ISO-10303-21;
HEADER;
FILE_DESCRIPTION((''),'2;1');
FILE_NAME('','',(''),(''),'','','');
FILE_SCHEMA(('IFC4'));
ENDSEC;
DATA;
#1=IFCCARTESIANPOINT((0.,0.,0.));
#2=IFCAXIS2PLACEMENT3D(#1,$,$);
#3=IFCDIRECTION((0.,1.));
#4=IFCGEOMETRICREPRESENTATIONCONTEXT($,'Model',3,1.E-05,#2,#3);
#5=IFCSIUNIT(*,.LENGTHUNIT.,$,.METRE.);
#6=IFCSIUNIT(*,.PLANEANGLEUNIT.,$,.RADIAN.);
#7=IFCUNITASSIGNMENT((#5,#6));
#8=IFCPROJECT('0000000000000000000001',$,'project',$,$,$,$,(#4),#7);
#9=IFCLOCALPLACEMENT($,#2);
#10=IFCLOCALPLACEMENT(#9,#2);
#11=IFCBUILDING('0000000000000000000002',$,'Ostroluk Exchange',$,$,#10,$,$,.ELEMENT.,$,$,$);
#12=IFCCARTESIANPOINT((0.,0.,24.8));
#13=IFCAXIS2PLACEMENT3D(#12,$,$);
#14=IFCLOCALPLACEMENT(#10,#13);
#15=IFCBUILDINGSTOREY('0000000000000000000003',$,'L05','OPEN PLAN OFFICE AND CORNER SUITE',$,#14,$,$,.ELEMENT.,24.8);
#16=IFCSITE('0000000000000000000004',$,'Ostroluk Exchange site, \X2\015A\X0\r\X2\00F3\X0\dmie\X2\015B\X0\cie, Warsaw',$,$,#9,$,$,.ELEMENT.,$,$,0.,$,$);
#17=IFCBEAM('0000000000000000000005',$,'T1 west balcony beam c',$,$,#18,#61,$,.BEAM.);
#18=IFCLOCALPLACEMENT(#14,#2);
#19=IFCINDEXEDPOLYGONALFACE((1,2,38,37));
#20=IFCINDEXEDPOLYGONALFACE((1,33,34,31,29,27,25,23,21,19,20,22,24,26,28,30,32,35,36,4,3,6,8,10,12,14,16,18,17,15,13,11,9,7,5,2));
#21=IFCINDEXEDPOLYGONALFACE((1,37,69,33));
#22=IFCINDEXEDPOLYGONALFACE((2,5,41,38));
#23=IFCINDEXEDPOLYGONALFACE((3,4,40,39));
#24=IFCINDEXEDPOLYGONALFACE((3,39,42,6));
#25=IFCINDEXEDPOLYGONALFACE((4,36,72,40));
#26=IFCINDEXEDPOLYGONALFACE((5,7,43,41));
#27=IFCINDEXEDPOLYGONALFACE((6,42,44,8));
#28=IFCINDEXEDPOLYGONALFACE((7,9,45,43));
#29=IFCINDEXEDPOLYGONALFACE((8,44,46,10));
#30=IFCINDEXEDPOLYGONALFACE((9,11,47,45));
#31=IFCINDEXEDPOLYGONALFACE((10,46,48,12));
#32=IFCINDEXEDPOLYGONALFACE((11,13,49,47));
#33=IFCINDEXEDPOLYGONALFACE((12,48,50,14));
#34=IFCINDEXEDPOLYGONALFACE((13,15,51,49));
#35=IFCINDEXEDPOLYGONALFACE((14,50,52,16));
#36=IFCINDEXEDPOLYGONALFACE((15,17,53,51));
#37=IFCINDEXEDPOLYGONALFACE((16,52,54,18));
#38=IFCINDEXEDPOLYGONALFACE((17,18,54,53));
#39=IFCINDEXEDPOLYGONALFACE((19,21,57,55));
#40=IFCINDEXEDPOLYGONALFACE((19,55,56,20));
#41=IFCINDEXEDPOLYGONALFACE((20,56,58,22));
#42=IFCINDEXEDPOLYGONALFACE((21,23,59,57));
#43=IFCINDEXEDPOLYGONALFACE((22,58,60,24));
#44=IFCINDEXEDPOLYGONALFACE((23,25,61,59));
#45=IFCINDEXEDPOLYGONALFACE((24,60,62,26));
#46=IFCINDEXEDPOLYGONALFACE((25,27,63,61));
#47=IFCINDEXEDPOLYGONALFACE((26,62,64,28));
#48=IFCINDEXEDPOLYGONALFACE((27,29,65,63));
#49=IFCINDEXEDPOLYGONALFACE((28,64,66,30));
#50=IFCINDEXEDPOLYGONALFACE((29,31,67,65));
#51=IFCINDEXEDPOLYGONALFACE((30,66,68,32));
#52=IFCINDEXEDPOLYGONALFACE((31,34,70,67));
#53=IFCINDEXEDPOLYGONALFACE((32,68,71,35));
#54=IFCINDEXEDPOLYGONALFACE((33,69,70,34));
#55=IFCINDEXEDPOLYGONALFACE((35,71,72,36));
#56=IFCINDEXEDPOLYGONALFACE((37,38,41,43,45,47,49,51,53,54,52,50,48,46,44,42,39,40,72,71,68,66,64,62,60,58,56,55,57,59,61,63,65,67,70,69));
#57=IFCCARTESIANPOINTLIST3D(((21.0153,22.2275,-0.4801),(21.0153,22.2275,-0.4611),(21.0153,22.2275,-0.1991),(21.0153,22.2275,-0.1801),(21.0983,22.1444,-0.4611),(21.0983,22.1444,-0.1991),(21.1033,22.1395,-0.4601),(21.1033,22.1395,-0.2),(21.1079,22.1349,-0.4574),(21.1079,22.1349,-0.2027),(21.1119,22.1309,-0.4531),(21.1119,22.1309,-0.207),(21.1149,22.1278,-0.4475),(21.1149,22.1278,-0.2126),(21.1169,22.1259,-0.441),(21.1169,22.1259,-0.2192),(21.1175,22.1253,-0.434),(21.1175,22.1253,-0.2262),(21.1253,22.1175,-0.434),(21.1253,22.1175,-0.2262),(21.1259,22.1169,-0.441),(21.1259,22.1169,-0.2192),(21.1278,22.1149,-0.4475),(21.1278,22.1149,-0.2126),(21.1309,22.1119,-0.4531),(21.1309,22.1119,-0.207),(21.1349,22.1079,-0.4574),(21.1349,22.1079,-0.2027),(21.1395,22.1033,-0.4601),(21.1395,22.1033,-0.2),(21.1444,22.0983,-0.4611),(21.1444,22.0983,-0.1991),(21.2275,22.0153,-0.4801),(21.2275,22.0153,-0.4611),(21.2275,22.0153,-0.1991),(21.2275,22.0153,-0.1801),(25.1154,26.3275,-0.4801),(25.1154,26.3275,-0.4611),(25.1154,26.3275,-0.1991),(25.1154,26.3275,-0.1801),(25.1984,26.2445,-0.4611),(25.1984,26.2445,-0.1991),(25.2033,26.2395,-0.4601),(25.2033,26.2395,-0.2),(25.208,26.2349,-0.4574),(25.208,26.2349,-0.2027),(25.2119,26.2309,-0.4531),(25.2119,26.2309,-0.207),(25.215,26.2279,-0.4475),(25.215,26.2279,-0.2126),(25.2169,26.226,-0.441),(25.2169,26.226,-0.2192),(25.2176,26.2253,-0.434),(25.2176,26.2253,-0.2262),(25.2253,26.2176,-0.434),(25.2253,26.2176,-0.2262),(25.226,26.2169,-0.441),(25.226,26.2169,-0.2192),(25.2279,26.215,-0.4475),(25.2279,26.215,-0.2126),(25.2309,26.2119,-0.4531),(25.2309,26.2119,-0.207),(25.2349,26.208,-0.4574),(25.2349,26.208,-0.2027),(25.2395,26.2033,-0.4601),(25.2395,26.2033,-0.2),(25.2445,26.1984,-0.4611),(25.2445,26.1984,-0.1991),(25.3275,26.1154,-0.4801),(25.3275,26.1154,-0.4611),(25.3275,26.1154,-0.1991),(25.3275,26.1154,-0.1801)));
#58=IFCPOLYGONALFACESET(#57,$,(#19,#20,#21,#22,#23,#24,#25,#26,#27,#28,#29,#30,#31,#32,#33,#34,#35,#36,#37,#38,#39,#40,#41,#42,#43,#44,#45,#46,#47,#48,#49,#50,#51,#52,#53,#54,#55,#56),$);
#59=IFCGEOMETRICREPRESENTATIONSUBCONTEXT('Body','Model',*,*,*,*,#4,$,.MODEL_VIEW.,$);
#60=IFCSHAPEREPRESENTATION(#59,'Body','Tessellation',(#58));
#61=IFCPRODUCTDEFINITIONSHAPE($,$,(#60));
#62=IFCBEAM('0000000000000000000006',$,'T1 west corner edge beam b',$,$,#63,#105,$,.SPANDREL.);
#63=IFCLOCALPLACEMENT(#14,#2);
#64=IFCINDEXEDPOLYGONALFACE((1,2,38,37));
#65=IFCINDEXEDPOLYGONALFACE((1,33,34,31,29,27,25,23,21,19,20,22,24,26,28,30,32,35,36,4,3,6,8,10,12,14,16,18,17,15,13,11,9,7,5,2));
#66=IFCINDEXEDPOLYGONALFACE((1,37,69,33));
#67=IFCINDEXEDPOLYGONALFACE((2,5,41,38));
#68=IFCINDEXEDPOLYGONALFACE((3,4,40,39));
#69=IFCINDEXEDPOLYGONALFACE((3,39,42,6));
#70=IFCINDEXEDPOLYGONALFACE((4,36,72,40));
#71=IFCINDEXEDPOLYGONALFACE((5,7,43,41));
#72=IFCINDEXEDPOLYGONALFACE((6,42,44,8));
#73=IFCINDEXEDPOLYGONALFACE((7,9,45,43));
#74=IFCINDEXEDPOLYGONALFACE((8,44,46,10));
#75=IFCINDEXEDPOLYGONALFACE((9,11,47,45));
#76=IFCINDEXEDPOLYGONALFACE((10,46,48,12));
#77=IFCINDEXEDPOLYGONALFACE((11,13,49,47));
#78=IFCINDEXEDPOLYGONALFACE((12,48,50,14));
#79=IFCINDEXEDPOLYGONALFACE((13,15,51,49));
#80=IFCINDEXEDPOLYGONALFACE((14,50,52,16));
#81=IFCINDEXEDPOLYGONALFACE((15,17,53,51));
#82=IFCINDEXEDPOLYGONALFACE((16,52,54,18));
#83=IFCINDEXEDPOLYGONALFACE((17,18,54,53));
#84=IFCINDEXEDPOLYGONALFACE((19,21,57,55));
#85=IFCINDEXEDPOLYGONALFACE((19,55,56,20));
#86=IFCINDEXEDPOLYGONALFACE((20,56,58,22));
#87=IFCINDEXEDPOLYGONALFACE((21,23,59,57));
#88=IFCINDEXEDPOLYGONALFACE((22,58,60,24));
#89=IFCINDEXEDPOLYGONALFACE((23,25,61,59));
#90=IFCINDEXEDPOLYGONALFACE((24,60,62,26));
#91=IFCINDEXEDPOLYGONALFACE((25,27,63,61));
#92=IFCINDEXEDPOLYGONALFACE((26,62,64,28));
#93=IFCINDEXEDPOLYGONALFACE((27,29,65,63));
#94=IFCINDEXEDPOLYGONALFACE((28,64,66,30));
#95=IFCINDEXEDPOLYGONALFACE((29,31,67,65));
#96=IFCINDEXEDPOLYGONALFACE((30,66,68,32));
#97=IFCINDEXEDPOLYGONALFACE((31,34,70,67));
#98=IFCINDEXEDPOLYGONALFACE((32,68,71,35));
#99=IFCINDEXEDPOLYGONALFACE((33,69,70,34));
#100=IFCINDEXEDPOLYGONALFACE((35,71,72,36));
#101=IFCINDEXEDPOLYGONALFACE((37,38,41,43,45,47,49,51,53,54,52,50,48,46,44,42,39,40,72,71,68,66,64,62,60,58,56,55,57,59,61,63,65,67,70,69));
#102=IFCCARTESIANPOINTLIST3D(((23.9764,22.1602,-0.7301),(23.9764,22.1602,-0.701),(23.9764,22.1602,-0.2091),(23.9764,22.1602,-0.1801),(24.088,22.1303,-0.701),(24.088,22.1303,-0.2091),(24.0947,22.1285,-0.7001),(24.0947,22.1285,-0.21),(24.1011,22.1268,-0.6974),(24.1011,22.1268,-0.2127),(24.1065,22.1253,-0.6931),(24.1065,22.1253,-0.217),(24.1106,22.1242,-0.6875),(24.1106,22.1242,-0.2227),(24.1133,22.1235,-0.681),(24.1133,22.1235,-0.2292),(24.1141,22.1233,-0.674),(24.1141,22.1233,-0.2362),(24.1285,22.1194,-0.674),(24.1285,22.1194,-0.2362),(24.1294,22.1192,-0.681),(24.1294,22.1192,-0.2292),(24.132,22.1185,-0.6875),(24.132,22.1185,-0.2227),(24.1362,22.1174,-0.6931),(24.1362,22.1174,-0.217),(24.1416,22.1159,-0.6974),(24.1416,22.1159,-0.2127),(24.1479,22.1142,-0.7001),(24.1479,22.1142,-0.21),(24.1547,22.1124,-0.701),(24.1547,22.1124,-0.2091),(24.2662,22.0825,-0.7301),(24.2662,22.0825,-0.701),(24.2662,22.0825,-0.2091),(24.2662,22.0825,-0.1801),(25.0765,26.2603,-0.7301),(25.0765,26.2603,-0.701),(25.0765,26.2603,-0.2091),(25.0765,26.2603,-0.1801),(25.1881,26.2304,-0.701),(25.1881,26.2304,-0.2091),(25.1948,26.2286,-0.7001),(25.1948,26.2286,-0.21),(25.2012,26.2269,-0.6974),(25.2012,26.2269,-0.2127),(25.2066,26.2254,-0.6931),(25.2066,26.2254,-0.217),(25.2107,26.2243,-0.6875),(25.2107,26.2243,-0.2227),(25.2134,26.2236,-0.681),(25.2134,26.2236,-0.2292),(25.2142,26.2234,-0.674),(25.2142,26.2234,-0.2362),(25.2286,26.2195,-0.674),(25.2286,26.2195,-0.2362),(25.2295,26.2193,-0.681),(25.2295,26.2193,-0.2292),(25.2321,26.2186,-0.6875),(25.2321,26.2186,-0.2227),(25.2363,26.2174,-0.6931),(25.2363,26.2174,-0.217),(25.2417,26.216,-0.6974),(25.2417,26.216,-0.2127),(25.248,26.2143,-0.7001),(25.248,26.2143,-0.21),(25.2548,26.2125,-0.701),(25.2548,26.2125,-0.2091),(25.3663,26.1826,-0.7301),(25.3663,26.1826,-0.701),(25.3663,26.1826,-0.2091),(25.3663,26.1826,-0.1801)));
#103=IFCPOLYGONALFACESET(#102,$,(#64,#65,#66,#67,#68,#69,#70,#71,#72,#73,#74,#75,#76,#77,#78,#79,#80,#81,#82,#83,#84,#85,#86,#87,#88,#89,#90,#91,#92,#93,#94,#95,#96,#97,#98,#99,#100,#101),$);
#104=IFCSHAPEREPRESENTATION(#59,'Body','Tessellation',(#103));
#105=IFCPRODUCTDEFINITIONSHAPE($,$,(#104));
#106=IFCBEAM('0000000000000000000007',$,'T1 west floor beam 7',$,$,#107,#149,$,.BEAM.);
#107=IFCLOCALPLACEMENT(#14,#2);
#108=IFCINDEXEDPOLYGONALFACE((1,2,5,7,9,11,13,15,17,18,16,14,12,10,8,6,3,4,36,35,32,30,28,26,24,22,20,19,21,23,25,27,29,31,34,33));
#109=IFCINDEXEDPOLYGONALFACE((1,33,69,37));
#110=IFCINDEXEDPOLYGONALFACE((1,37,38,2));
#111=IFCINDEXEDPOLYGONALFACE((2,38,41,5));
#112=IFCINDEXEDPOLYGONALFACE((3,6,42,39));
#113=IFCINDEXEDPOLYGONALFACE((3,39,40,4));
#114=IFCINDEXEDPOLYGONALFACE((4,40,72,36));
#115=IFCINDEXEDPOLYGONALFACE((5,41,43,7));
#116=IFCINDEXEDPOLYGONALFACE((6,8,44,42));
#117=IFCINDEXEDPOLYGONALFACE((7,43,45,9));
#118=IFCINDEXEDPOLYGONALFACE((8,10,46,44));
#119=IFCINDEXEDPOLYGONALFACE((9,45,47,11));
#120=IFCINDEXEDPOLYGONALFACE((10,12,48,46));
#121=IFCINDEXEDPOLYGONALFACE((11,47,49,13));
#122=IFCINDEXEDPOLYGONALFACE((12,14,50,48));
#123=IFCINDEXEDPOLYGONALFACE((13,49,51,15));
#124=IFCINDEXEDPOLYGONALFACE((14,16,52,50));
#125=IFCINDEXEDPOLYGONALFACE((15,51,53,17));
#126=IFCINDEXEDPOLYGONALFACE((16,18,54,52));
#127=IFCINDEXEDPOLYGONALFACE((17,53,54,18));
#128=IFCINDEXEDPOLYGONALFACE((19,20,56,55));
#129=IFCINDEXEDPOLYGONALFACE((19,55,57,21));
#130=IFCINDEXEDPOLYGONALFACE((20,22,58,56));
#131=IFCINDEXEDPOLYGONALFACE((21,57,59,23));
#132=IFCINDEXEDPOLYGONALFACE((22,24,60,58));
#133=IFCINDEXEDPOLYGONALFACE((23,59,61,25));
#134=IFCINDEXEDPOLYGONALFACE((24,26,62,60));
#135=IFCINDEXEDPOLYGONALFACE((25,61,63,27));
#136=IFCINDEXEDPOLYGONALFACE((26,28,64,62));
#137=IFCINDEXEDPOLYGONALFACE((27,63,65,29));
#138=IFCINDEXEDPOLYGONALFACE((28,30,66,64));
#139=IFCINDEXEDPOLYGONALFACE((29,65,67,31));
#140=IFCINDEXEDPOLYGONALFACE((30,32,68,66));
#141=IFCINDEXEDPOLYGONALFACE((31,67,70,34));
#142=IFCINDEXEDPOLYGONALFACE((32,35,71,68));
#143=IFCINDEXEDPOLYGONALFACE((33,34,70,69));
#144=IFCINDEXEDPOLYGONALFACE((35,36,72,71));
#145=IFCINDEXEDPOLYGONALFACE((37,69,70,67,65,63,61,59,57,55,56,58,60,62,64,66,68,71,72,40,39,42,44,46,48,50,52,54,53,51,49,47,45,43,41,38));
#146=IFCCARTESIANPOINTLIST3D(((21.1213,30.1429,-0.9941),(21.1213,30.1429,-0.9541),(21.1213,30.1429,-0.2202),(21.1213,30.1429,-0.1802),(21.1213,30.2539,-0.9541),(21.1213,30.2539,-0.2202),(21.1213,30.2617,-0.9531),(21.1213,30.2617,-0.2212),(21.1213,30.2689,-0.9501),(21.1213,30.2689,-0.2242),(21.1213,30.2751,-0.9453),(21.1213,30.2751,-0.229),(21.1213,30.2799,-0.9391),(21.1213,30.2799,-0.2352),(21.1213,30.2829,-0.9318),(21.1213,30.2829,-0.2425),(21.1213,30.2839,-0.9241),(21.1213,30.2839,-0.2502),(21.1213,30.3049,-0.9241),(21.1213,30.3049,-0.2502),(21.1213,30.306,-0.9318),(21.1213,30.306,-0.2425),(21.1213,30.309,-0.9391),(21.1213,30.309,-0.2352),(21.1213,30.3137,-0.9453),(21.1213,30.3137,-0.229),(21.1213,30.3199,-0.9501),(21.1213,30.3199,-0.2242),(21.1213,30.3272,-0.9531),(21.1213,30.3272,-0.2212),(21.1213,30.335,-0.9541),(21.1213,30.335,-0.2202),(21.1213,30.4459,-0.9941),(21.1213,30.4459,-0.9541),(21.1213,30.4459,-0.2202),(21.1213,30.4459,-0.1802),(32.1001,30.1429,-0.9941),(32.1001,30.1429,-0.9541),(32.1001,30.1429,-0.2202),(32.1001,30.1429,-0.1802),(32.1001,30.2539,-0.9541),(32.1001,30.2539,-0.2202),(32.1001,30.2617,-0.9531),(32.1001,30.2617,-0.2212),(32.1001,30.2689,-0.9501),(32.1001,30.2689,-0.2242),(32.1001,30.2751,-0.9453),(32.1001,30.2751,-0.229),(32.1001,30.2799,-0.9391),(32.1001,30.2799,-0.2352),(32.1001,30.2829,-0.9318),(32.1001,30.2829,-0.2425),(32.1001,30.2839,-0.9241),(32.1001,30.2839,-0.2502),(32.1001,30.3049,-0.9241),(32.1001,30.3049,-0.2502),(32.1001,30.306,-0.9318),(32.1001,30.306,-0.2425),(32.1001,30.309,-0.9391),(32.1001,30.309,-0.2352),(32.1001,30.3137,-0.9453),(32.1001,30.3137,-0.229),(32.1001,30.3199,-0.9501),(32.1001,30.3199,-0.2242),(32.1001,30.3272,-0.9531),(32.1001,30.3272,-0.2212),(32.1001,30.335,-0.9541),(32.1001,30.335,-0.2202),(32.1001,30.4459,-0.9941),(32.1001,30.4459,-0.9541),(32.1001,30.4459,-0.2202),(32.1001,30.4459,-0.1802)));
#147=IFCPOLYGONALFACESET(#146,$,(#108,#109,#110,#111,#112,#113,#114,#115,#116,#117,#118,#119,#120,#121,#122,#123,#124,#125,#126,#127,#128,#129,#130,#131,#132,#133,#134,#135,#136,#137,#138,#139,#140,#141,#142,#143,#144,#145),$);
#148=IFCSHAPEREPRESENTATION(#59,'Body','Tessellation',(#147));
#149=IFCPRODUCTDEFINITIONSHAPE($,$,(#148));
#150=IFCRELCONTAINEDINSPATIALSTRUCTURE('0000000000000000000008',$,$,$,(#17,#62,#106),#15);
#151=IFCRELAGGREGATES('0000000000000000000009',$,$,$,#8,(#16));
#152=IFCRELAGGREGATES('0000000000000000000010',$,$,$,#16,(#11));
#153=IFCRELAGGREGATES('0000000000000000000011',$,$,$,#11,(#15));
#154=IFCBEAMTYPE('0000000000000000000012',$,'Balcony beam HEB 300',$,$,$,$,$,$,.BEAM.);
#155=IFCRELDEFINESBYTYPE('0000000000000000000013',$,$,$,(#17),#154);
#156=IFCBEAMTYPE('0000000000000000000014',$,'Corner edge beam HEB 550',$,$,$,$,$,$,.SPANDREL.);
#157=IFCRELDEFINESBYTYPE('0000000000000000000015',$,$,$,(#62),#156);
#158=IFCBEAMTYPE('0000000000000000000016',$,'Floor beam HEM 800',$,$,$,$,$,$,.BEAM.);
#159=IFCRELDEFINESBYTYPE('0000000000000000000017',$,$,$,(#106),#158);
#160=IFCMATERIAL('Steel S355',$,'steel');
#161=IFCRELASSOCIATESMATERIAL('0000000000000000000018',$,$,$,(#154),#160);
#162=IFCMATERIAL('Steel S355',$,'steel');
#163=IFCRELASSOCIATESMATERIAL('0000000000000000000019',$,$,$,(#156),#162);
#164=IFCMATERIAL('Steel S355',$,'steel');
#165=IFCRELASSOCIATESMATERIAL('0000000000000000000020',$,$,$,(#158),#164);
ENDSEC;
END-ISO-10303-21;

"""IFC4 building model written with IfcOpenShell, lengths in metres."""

from ifc_helpers import new_model, si_unit, direction, frame, origin, origin_2d, place, context, subcontext, project, spatial, i_section, extrude, material, material_profile, profile_set, type_object, element, save


model = new_model("IFC4")

# Units and contexts
model_context = context("Model", 3, precision=1e-05, world=origin(), true_north=direction((0.0, 1.0)))
body_context = subcontext(model_context, "Body", "Model", "MODEL_VIEW")
ifc_project = project(units=[si_unit("LENGTHUNIT", "METRE"), si_unit("PLANEANGLEUNIT", "RADIAN")], contexts=[model_context])

# Site, building, storey
site_placement = place(None, origin())
site = spatial("IfcSite", under=ifc_project, at=site_placement, Name="Ostroluk Exchange site, Śródmieście, Warsaw", CompositionType="ELEMENT", RefElevation=0.0)
building_placement = place(site_placement, origin())
building = spatial("IfcBuilding", under=site, at=building_placement, Name="Ostroluk Exchange", CompositionType="ELEMENT")
storey_placement = place(building_placement, frame((0.0, 0.0, 24.8)))
storey = spatial("IfcBuildingStorey", under=building, at=storey_placement, Name="L05", Description="OPEN PLAN OFFICE AND CORNER SUITE", CompositionType="ELEMENT", Elevation=24.8)

# Beams
ifc_material_1 = material(Name="Steel S355", Category="steel")
ifc_material_profile_1 = material_profile(ifc_material_1, i_section(OverallWidth=0.3, OverallDepth=0.3, WebThickness=0.011, FlangeThickness=0.019, FilletRadius=0.0271, at=origin_2d()), Name="HEB 300")
ifc_profile_set_1 = profile_set([ifc_material_profile_1], Name="Steel S355")
beam_type_1 = type_object("IfcBeamType", Name="Balcony beam HEB 300", PredefinedType="BEAM", material=ifc_profile_set_1)
beam_1_placement = place(storey_placement, frame((25.2214, 26.2214, -0.3301), z_axis=(-0.707107, -0.707107, 0.0), x_axis=(0.707107, -0.707107, 0.0)))
element("IfcBeam", 1, at=beam_1_placement, inside=storey, type_object=beam_type_1, Name="T1 west balcony beam c", PredefinedType="BEAM", context=body_context, shape_type="SweptSolid", body=[
    extrude(i_section(OverallWidth=0.3, OverallDepth=0.3, WebThickness=0.011, FlangeThickness=0.019, FilletRadius=0.0271, at=origin_2d()), origin(), (0.0, 0.0, 1.0), 5.7983),
])
ifc_material_2 = material(Name="Steel S355", Category="steel")
ifc_material_profile_2 = material_profile(ifc_material_2, i_section(OverallWidth=0.3, OverallDepth=0.55, WebThickness=0.0149, FlangeThickness=0.0291, FilletRadius=0.0271, at=origin_2d()), Name="HEB 550")
ifc_profile_set_2 = profile_set([ifc_material_profile_2], Name="Steel S355")
beam_type_2 = type_object("IfcBeamType", Name="Corner edge beam HEB 550", PredefinedType="SPANDREL", material=ifc_profile_set_2)
beam_2_placement = place(storey_placement, frame((25.2214, 26.2214, -0.4551), z_axis=(-0.259144, -0.965839, 0.0), x_axis=(0.965839, -0.259144, 0.0)))
element("IfcBeam", 2, at=beam_2_placement, inside=storey, type_object=beam_type_2, Name="T1 west corner edge beam b", PredefinedType="SPANDREL", context=body_context, shape_type="SweptSolid", body=[
    extrude(i_section(OverallWidth=0.3, OverallDepth=0.55, WebThickness=0.0149, FlangeThickness=0.0291, FilletRadius=0.0271, at=origin_2d()), origin(), (0.0, 0.0, 1.0), 4.2451),
])
ifc_material_3 = material(Name="Steel S355", Category="steel")
ifc_material_profile_3 = material_profile(ifc_material_3, i_section(OverallWidth=0.303, OverallDepth=0.814, WebThickness=0.021, FlangeThickness=0.04, FilletRadius=0.03, at=origin_2d()), Name="HEM 800")
ifc_profile_set_3 = profile_set([ifc_material_profile_3], Name="Steel S355")
beam_type_3 = type_object("IfcBeamType", Name="Floor beam HEM 800", PredefinedType="BEAM", material=ifc_profile_set_3)
beam_3_placement = place(storey_placement, frame((32.1001, 30.2944, -0.5872), z_axis=(-1.0, 0.0, 0.0), x_axis=(0.0, -1.0, 0.0)))
element("IfcBeam", 3, at=beam_3_placement, inside=storey, type_object=beam_type_3, Name="T1 west floor beam 7", PredefinedType="BEAM", context=body_context, shape_type="SweptSolid", body=[
    extrude(i_section(OverallWidth=0.303, OverallDepth=0.814, WebThickness=0.021, FlangeThickness=0.04, FilletRadius=0.03, at=origin_2d()), origin(), (0.0, 0.0, 1.0), 10.9788),
])

save(model, "model.ifc")
